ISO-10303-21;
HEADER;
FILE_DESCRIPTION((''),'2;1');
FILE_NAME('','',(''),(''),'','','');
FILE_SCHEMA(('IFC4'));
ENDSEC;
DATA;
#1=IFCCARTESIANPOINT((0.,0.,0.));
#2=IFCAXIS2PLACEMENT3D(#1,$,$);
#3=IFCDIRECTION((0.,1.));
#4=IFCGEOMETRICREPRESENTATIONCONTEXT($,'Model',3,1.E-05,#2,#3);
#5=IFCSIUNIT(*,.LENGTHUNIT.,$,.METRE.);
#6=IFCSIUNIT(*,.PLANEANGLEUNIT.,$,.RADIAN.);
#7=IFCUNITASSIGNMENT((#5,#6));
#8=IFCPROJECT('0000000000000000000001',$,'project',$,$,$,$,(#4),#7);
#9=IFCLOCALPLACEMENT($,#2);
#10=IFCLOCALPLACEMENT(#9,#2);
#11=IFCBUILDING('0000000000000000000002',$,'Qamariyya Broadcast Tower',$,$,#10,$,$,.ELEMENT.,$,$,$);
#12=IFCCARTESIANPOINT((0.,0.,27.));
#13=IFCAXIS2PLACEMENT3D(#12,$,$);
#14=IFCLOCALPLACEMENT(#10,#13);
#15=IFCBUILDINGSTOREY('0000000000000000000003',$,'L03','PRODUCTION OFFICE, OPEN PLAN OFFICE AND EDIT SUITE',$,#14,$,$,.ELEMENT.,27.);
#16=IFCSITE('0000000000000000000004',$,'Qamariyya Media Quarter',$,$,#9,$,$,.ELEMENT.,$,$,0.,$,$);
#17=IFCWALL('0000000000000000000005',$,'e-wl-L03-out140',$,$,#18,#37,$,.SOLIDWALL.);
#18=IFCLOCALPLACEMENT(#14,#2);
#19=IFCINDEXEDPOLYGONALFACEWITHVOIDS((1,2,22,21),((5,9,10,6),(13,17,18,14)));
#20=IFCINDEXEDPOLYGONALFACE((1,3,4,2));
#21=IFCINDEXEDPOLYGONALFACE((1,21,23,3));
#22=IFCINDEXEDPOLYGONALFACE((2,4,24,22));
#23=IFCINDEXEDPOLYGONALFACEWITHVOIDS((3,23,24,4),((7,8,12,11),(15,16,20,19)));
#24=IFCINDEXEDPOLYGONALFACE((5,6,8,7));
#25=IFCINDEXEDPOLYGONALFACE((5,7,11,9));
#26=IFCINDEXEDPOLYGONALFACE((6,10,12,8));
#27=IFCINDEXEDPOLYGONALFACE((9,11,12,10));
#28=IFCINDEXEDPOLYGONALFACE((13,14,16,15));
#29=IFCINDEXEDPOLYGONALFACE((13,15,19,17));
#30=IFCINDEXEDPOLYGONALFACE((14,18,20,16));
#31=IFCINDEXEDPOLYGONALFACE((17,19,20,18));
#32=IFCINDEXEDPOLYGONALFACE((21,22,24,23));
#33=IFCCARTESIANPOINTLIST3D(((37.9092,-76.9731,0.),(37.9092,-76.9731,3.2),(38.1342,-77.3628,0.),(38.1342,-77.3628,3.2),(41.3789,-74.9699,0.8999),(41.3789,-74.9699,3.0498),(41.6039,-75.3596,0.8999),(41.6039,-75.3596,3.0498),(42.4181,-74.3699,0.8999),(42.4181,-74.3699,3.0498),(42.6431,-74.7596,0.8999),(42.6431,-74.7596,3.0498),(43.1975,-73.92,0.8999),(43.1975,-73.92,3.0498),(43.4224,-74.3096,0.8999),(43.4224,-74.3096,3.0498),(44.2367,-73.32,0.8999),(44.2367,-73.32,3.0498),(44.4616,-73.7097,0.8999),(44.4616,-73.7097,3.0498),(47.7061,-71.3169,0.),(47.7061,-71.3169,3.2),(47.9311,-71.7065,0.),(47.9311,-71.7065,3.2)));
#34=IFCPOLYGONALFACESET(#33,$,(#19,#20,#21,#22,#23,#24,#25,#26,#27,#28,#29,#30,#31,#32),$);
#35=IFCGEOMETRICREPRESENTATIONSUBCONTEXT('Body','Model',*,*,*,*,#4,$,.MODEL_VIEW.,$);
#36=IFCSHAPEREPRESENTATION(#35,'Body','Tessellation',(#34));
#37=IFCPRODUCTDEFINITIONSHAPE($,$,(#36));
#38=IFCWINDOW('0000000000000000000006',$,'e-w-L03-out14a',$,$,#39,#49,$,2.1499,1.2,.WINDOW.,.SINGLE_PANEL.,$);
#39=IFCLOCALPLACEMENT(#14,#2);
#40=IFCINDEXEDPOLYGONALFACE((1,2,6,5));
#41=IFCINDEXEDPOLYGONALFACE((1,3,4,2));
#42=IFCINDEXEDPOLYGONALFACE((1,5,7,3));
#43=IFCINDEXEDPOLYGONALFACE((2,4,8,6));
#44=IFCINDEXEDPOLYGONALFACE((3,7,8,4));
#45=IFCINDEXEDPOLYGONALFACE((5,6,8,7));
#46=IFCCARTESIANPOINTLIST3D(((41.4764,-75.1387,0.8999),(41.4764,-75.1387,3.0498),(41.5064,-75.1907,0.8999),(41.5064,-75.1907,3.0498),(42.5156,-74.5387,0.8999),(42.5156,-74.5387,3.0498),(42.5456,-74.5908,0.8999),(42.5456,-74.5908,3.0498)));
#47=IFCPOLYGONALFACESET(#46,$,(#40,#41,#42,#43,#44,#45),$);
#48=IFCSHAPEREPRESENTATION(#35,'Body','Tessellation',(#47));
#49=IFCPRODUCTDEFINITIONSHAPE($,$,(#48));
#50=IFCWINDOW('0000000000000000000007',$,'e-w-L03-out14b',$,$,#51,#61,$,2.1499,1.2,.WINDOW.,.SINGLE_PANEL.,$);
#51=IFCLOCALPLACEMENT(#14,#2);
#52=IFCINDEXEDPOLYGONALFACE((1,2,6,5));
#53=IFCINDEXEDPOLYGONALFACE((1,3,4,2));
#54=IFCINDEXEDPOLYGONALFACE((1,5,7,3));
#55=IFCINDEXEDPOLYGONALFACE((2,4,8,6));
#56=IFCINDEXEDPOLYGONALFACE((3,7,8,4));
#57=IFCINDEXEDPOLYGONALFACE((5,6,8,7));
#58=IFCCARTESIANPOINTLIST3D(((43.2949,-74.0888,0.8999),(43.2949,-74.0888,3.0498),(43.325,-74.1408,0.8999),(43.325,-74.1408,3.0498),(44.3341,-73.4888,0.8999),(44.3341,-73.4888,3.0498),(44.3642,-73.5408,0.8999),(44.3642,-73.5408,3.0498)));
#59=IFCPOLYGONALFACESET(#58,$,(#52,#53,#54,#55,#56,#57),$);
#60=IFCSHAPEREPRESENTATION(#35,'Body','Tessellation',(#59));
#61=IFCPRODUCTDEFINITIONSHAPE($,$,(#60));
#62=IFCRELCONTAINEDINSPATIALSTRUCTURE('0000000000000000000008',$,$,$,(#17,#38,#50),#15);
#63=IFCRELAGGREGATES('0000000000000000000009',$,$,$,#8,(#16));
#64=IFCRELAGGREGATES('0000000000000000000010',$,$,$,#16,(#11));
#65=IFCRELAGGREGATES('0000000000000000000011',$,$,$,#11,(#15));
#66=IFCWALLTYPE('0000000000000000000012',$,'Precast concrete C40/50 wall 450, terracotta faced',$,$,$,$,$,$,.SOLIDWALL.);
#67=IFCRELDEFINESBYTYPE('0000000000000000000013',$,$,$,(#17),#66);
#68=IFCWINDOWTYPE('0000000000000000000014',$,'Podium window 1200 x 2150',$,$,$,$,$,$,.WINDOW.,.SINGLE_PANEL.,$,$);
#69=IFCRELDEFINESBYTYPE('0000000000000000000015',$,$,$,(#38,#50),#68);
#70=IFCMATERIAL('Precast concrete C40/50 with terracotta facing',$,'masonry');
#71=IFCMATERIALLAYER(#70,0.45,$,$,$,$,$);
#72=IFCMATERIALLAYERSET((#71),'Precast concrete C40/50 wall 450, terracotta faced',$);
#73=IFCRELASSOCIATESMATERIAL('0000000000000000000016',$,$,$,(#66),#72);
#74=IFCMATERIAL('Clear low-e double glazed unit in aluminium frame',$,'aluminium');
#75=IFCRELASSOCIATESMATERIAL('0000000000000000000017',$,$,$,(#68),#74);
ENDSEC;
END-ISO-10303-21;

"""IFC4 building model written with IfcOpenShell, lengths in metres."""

from ifc_helpers import new_model, si_unit, direction, frame, frame_2d, origin, place, context, subcontext, project, spatial, rectangle, extrude, material, layer, layer_set, type_object, element, fill, save


model = new_model("IFC4")

# Units and contexts
model_context = context("Model", 3, precision=1e-05, world=origin(), true_north=direction((0.0, 1.0)))
body_context = subcontext(model_context, "Body", "Model", "MODEL_VIEW")
ifc_project = project(units=[si_unit("LENGTHUNIT", "METRE"), si_unit("PLANEANGLEUNIT", "RADIAN")], contexts=[model_context])

# Site, building, storey
site_placement = place(None, origin())
site = spatial("IfcSite", under=ifc_project, at=site_placement, Name="Qamariyya Media Quarter", CompositionType="ELEMENT", RefElevation=0.0)
building_placement = place(site_placement, origin())
building = spatial("IfcBuilding", under=site, at=building_placement, Name="Qamariyya Broadcast Tower", CompositionType="ELEMENT")
storey_placement = place(building_placement, frame((0.0, 0.0, 27.0)))
storey = spatial("IfcBuildingStorey", under=building, at=storey_placement, Name="L03", Description="PRODUCTION OFFICE, OPEN PLAN OFFICE AND EDIT SUITE", CompositionType="ELEMENT", Elevation=27.0)

# Wall, openings, windows
ifc_material_1 = material(Name="Precast concrete C40/50 with terracotta facing", Category="masonry")
ifc_layer_1 = layer(ifc_material_1, 0.45)
ifc_layer_set_1 = layer_set([ifc_layer_1], Name="Precast concrete C40/50 wall 450, terracotta faced")
wall_type_1 = type_object("IfcWallType", Name="Precast concrete C40/50 wall 450, terracotta faced", PredefinedType="SOLIDWALL", material=ifc_layer_set_1)
wall_1_placement = place(storey_placement, frame((38.0217, -77.168, 0.0), z_axis=(0.0, 0.0, 1.0), x_axis=(0.866025, 0.500001, 0.0)))
wall_1 = element("IfcWall", 1, at=wall_1_placement, inside=storey, type_object=wall_type_1, Name="e-wl-L03-out140", PredefinedType="SOLIDWALL", context=body_context, shape_type="SweptSolid", body=[
    extrude(rectangle(XDim=11.3125, YDim=0.45, at=frame_2d((5.6562, 0.0))), origin(), (0.0, 0.0, 1.0), 3.2),
])
opening_1_placement = place(wall_1_placement, frame((4.0063, 0.0, 0.8999)))
opening_1 = element("IfcOpeningElement", 2, at=opening_1_placement, cuts=wall_1, PredefinedType="OPENING", context=body_context, shape_type="SweptSolid", body=[
    extrude(rectangle(XDim=1.2, YDim=2.1499, at=frame_2d((0.6001, 1.075))), frame((0.0, 0.2349, 0.0), z_axis=(0.0, -1.0, 0.0), x_axis=(1.0, 0.0, 0.0)), (0.0, 0.0, 1.0), 0.47),
])
opening_2_placement = place(wall_1_placement, frame((6.1062, 0.0, 0.8999)))
opening_2 = element("IfcOpeningElement", 3, at=opening_2_placement, cuts=wall_1, PredefinedType="OPENING", context=body_context, shape_type="SweptSolid", body=[
    extrude(rectangle(XDim=1.2, YDim=2.1499, at=frame_2d((0.6001, 1.075))), frame((0.0, 0.2349, 0.0), z_axis=(0.0, -1.0, 0.0), x_axis=(1.0, 0.0, 0.0)), (0.0, 0.0, 1.0), 0.47),
])
ifc_material_2 = material(Name="Clear low-e double glazed unit in aluminium frame", Category="aluminium")
window_type = type_object("IfcWindowType", Name="Podium window 1200 x 2150", PartitioningType="SINGLE_PANEL", PredefinedType="WINDOW", material=ifc_material_2)
window_1_placement = place(opening_1_placement, origin())
window_1 = element("IfcWindow", 4, at=window_1_placement, inside=storey, type_object=window_type, Name="e-w-L03-out14a", OverallHeight=2.1499, OverallWidth=1.2, PartitioningType="SINGLE_PANEL", PredefinedType="WINDOW", context=body_context, shape_type="SweptSolid", body=[
    extrude(rectangle(XDim=1.2, YDim=2.1499, at=frame_2d((0.6001, 1.075))), frame((0.0, 0.03, 0.0), z_axis=(0.0, -1.0, 0.0), x_axis=(1.0, 0.0, 0.0)), (0.0, 0.0, 1.0), 0.0601),
])
fill(opening_1, window_1)
window_2_placement = place(opening_2_placement, origin())
window_2 = element("IfcWindow", 5, at=window_2_placement, inside=storey, type_object=window_type, Name="e-w-L03-out14b", OverallHeight=2.1499, OverallWidth=1.2, PartitioningType="SINGLE_PANEL", PredefinedType="WINDOW", context=body_context, shape_type="SweptSolid", body=[
    extrude(rectangle(XDim=1.2, YDim=2.1499, at=frame_2d((0.6001, 1.075))), frame((0.0, 0.03, 0.0), z_axis=(0.0, -1.0, 0.0), x_axis=(1.0, 0.0, 0.0)), (0.0, 0.0, 1.0), 0.0601),
])
fill(opening_2, window_2)

save(model, "model.ifc")
